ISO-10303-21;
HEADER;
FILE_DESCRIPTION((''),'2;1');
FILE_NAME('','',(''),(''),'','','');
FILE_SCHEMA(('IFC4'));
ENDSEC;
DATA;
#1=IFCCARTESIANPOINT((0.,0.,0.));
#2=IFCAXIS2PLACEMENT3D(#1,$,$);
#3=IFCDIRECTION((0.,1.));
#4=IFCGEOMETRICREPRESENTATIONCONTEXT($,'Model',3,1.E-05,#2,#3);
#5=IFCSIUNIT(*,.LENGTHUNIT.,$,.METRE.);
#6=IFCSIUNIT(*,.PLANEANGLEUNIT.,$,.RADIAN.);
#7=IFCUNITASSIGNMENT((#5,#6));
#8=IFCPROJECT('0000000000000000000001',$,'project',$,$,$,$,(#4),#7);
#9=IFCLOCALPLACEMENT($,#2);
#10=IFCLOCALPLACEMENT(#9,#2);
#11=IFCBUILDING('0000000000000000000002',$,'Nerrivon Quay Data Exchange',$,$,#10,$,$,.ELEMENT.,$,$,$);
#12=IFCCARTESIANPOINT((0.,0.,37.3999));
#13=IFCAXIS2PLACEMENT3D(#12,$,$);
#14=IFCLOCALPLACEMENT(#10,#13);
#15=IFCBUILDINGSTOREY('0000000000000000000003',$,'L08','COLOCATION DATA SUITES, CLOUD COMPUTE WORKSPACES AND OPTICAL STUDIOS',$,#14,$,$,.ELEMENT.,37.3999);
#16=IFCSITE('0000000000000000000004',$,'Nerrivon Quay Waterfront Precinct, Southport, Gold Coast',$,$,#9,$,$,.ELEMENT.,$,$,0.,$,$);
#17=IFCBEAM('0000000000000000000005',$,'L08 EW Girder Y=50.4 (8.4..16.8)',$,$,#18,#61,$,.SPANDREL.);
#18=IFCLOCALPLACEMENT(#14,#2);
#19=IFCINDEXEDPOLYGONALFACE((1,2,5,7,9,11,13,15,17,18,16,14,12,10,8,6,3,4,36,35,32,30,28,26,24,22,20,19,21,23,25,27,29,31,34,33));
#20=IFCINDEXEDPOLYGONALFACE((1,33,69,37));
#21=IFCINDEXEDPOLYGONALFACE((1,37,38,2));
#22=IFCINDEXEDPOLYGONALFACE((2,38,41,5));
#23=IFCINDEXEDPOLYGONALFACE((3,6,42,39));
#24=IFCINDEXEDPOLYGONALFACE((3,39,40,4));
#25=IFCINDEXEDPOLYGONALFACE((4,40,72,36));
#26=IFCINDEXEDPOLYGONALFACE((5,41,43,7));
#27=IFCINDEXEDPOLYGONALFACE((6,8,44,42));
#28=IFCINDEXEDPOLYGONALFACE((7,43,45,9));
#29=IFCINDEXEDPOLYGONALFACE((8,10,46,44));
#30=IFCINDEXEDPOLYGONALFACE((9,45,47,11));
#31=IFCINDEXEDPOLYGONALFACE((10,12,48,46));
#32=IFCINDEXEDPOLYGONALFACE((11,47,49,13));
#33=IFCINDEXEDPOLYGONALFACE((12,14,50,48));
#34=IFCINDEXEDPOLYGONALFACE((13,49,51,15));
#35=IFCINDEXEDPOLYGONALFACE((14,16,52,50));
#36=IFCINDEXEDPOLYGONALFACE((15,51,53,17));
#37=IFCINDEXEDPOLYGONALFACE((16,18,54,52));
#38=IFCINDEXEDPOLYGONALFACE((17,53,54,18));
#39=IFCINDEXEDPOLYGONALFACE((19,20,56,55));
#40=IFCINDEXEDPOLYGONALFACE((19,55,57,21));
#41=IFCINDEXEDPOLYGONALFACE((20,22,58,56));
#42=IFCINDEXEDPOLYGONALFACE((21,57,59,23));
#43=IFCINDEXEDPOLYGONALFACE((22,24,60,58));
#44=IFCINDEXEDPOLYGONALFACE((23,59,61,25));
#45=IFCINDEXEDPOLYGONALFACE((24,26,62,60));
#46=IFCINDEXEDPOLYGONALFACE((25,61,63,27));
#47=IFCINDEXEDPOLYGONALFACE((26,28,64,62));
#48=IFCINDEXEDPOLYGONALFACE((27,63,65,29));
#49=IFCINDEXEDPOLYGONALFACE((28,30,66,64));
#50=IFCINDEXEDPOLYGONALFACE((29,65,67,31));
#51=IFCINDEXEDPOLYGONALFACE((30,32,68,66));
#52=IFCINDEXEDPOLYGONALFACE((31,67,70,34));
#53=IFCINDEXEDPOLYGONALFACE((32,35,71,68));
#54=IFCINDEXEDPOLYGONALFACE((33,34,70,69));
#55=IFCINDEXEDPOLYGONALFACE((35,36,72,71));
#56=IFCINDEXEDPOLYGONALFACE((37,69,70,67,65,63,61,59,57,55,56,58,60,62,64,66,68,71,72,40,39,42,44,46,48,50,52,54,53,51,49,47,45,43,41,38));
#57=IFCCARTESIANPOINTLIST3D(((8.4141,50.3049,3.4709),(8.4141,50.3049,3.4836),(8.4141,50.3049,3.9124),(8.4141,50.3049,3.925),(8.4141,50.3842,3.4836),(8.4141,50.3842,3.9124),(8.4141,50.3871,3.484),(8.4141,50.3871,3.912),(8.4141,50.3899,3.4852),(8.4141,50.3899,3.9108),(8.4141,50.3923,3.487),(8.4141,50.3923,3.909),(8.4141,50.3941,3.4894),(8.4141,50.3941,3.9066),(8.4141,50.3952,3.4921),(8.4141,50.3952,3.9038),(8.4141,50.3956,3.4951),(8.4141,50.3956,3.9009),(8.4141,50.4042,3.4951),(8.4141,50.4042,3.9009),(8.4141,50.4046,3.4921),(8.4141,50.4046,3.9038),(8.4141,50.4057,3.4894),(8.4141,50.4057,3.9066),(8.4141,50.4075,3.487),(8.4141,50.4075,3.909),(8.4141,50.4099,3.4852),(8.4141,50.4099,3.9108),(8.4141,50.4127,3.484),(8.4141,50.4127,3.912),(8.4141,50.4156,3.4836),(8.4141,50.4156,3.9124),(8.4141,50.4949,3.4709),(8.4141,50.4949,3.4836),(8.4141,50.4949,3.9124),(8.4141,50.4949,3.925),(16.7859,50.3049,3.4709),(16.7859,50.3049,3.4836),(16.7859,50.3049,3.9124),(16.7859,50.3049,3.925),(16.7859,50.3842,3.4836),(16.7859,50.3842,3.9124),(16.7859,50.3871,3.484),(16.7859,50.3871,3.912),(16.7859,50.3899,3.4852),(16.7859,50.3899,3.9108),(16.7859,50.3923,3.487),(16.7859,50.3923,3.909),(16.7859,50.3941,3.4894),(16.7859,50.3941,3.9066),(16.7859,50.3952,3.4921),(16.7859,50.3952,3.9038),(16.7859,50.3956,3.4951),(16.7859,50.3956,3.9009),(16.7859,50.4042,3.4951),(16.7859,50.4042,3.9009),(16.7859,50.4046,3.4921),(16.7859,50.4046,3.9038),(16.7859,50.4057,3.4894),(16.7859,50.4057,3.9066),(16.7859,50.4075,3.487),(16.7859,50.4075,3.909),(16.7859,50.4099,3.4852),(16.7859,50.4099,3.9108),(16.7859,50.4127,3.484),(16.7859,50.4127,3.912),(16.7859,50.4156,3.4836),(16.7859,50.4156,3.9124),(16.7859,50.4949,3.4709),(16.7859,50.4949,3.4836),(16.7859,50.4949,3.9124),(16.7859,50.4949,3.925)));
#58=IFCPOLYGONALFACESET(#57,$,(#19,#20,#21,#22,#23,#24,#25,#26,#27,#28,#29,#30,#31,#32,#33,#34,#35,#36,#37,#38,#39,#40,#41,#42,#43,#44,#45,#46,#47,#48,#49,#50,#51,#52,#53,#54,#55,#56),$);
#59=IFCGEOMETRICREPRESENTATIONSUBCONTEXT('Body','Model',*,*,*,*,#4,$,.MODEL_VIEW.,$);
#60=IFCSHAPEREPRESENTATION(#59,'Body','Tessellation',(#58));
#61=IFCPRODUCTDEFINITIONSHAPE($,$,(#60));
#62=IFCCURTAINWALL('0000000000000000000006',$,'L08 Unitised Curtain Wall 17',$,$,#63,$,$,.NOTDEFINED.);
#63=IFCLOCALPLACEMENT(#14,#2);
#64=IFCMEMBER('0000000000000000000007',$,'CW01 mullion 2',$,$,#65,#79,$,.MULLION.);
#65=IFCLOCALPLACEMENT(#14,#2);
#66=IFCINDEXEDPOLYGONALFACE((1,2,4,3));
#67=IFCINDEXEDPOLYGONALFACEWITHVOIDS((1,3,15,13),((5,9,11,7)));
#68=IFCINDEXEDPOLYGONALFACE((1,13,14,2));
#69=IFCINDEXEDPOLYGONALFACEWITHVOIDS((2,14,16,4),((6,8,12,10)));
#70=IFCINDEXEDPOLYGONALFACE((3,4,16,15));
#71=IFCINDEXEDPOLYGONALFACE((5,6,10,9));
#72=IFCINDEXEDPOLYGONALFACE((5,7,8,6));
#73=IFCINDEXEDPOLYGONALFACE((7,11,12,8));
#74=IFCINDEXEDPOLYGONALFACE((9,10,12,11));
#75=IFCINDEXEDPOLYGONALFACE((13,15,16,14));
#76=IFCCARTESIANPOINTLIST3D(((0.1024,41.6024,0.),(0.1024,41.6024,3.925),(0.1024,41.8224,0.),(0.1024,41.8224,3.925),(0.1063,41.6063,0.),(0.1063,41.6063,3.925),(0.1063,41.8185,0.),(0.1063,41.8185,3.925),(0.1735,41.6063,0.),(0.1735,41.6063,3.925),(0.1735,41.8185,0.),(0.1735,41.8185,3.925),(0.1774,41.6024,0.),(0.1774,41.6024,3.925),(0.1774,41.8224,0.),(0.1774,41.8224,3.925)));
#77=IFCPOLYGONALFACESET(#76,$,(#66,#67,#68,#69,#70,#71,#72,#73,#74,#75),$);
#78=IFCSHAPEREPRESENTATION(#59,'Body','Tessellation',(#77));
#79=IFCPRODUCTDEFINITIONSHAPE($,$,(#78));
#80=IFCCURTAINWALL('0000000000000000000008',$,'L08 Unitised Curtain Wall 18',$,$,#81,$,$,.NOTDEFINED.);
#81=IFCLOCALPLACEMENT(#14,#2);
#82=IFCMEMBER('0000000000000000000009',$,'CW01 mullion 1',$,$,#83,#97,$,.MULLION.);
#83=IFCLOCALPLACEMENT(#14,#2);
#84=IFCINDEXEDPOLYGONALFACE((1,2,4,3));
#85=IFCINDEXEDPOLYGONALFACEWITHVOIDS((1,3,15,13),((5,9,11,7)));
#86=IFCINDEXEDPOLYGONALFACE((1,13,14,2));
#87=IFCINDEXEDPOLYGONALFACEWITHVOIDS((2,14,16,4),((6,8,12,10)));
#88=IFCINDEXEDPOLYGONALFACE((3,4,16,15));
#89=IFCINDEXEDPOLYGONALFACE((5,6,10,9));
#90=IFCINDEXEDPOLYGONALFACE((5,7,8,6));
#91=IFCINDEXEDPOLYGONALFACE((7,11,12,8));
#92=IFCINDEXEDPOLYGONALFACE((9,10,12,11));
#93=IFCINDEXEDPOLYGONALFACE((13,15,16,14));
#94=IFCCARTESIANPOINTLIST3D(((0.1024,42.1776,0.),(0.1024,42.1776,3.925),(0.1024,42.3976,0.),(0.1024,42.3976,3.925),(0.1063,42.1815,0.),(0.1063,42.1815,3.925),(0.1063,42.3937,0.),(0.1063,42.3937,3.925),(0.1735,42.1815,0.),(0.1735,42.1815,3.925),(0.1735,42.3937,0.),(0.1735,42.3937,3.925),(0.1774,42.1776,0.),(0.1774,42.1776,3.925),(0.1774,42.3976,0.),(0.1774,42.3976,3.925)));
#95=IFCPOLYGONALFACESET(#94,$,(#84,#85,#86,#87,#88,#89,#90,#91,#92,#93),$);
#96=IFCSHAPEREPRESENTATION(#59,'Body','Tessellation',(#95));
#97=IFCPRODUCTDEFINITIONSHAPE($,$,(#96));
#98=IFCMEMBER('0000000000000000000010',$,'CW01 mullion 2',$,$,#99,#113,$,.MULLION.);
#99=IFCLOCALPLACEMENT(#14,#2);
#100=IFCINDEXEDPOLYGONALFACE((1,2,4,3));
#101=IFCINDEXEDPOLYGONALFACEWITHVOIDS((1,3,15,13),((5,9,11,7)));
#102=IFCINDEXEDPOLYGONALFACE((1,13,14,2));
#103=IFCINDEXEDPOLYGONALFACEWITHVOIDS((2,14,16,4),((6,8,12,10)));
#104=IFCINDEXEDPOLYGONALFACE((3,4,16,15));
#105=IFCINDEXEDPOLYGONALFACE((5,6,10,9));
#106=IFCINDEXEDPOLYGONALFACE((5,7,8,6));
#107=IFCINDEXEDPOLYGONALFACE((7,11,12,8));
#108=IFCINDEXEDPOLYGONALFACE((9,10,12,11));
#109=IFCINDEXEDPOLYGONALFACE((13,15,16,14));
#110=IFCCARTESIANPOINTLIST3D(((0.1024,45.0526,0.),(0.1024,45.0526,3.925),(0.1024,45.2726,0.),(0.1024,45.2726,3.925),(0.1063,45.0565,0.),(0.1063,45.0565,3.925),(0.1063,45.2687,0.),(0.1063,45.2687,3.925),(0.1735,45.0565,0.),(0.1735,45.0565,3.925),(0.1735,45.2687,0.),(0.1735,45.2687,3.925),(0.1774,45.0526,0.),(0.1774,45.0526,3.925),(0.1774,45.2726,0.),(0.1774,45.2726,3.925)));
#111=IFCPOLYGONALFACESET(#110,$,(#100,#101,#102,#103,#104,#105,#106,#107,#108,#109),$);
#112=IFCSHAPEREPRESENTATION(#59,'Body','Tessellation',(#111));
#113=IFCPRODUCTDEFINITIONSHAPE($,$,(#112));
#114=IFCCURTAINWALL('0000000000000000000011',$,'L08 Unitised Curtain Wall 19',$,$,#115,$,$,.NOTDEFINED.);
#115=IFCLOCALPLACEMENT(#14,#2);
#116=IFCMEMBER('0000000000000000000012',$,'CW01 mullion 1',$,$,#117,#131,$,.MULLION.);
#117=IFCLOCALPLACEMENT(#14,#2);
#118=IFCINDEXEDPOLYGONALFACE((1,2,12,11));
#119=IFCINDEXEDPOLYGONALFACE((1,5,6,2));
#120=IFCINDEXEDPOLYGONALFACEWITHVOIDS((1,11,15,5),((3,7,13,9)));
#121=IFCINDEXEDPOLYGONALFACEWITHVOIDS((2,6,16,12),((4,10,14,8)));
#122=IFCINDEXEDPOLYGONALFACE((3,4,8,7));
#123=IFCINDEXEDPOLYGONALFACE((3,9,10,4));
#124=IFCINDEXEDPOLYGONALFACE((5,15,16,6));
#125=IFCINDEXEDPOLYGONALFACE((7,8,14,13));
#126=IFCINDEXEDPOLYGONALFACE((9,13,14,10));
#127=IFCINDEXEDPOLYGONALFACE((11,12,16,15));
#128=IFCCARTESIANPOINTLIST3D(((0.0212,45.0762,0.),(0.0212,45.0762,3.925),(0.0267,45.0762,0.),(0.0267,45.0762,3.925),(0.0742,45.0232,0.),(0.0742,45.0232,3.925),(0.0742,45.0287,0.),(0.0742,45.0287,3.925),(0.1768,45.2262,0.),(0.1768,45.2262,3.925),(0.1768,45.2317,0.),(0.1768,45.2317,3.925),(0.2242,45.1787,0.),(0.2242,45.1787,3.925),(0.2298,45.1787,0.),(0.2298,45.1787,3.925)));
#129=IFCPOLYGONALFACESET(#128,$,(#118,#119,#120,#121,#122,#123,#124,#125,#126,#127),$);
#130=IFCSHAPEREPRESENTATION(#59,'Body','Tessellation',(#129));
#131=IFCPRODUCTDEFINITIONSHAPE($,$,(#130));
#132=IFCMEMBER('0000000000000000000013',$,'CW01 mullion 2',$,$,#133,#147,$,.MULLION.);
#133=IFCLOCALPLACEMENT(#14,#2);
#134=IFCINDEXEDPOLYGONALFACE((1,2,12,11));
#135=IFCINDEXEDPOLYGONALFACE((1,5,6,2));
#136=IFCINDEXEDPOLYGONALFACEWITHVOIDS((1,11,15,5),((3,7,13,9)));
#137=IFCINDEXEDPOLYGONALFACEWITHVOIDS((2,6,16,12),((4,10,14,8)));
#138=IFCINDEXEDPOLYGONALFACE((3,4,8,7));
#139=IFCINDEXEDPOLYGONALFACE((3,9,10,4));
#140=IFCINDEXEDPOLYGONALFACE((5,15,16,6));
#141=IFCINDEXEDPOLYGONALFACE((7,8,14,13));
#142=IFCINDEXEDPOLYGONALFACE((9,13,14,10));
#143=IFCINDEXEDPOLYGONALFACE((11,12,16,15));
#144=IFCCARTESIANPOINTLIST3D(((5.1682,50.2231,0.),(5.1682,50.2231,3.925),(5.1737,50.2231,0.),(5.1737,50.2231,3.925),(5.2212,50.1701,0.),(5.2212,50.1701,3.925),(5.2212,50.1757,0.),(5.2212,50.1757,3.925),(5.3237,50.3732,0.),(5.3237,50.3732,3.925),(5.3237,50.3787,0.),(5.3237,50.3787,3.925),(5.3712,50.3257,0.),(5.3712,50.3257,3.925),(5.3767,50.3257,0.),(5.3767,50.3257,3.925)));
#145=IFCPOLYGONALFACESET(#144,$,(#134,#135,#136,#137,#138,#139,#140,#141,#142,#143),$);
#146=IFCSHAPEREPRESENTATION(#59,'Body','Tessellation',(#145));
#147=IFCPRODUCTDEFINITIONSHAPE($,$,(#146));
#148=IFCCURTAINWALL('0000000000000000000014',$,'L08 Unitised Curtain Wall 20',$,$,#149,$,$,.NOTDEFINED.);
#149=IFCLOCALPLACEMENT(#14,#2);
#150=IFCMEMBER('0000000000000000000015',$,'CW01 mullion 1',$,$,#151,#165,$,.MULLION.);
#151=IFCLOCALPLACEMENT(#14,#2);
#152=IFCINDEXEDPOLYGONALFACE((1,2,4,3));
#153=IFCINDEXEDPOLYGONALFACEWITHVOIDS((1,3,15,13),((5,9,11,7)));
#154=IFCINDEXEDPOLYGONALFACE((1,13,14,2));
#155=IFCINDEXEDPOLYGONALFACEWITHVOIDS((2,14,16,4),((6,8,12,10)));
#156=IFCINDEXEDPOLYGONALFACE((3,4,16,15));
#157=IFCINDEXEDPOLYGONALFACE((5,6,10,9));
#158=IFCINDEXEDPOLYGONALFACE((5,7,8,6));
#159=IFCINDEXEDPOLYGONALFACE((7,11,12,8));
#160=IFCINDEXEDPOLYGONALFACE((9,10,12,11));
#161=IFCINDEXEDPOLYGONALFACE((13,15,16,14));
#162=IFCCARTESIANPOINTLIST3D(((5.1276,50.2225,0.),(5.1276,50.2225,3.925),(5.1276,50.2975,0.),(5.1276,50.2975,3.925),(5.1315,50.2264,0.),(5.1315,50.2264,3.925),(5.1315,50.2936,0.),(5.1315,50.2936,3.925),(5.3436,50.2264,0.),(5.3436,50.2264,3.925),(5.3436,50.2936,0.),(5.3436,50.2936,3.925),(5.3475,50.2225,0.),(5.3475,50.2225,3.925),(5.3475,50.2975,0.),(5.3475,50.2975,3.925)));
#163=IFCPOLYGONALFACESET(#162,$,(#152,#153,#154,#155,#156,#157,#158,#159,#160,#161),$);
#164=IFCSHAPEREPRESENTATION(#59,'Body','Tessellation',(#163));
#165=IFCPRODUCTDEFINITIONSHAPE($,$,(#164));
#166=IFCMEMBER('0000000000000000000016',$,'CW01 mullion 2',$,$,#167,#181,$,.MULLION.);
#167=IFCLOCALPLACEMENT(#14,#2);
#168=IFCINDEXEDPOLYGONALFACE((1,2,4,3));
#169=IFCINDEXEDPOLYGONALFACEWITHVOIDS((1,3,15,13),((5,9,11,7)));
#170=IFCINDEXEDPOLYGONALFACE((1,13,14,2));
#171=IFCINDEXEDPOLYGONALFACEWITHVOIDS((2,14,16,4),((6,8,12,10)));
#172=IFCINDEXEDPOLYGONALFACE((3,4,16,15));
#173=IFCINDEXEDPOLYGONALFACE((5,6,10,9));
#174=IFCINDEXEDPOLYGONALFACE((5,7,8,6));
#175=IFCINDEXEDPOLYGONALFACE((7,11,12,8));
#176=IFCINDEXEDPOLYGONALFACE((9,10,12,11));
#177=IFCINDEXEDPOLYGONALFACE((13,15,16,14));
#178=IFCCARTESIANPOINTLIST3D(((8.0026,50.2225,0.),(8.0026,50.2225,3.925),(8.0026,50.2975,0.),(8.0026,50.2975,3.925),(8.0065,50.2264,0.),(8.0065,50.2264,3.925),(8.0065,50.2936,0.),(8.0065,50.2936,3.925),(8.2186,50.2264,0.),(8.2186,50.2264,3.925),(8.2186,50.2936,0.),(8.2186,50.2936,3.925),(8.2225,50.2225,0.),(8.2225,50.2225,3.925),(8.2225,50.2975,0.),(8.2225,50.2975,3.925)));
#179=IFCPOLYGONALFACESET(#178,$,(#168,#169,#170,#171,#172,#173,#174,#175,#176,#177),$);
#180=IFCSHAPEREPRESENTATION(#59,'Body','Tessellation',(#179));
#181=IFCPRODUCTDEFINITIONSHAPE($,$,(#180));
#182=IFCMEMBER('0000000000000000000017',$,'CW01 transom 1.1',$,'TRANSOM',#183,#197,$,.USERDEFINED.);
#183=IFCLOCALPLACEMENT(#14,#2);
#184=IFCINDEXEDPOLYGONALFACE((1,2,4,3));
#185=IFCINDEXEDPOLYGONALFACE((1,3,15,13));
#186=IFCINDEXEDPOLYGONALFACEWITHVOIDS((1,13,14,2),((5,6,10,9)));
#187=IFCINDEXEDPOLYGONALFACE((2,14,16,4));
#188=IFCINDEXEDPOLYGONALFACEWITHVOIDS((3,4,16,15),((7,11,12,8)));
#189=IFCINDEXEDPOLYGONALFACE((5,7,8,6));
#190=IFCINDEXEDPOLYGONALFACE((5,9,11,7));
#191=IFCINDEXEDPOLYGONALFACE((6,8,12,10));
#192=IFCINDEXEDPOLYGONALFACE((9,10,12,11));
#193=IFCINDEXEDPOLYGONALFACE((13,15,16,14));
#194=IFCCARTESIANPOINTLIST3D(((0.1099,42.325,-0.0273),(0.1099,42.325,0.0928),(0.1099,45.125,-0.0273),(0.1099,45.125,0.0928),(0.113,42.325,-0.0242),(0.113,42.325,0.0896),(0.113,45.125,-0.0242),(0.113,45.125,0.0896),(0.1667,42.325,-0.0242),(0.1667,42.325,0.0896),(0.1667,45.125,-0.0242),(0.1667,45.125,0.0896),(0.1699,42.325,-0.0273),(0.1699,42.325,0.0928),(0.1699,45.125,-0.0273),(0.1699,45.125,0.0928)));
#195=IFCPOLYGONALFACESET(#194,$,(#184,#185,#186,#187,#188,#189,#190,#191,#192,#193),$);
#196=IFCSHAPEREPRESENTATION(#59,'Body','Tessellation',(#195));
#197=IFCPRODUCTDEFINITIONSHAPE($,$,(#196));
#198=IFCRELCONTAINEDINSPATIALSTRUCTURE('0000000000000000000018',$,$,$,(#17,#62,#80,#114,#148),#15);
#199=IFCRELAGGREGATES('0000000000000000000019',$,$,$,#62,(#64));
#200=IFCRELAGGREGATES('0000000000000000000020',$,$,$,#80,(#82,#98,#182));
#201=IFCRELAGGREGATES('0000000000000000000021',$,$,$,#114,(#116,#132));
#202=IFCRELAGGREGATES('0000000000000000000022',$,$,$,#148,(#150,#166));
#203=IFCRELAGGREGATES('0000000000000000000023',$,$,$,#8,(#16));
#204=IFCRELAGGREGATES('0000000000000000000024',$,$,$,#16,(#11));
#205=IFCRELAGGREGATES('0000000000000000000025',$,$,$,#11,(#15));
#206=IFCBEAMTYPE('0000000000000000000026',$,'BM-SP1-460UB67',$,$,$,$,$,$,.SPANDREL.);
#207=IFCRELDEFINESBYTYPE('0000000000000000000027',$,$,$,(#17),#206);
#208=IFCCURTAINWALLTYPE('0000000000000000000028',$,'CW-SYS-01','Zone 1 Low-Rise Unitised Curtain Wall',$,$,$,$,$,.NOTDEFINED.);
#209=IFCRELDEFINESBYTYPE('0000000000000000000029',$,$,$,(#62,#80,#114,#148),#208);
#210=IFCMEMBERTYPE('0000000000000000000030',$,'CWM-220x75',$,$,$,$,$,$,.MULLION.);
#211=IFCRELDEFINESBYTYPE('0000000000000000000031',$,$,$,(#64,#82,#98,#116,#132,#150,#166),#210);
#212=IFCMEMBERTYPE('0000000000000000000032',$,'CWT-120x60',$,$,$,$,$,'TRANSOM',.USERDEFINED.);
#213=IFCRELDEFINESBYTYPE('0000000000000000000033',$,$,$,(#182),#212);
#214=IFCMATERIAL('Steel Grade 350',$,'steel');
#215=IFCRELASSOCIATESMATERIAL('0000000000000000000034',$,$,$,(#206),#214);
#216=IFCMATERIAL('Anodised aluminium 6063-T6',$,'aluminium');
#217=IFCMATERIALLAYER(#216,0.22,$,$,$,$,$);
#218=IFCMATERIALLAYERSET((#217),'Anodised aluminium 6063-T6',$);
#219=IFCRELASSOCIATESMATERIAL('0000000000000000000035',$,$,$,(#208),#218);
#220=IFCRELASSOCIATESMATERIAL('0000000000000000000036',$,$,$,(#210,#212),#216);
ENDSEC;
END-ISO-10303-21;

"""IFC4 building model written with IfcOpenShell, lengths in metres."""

from ifc_helpers import new_model, si_unit, direction, frame, origin, origin_2d, place, context, subcontext, project, spatial, hollow_rectangle, i_section, extrude, material, layer, layer_set, material_profile, profile_set, type_object, element, aggregate, save


model = new_model("IFC4")

# Units and contexts
model_context = context("Model", 3, precision=1e-05, world=origin(), true_north=direction((0.0, 1.0)))
body_context = subcontext(model_context, "Body", "Model", "MODEL_VIEW")
ifc_project = project(units=[si_unit("LENGTHUNIT", "METRE"), si_unit("PLANEANGLEUNIT", "RADIAN")], contexts=[model_context])

# Site, building, storey
site_placement = place(None, origin())
site = spatial("IfcSite", under=ifc_project, at=site_placement, Name="Nerrivon Quay Waterfront Precinct, Southport, Gold Coast", CompositionType="ELEMENT", RefElevation=0.0)
building_placement = place(site_placement, origin())
building = spatial("IfcBuilding", under=site, at=building_placement, Name="Nerrivon Quay Data Exchange", CompositionType="ELEMENT")
storey_placement = place(building_placement, frame((0.0, 0.0, 37.3999)))
storey = spatial("IfcBuildingStorey", under=building, at=storey_placement, Name="L08", Description="COLOCATION DATA SUITES, CLOUD COMPUTE WORKSPACES AND OPTICAL STUDIOS", CompositionType="ELEMENT", Elevation=37.3999)

# Shared definitions
ifc_material_1 = material(Name="Steel Grade 350", Category="steel")

# Beam
ifc_material_profile_1 = material_profile(ifc_material_1, i_section(OverallWidth=0.1899, OverallDepth=0.4541, WebThickness=0.0085, FlangeThickness=0.0127, FilletRadius=0.0115, at=origin_2d()), Name="460UB67.1")
ifc_profile_set_1 = profile_set([ifc_material_profile_1], Name="Steel Grade 350")
beam_type_1 = type_object("IfcBeamType", Name="BM-SP1-460UB67", PredefinedType="SPANDREL", material=ifc_profile_set_1)
beam_1_placement = place(storey_placement, frame((8.4141, 50.3999, 3.698), z_axis=(1.0, 0.0, 0.0), x_axis=(0.0, 1.0, 0.0)))
element("IfcBeam", 1, at=beam_1_placement, inside=storey, type_object=beam_type_1, Name="L08 EW Girder Y=50.4 (8.4..16.8)", PredefinedType="SPANDREL", context=body_context, shape_type="SweptSolid", body=[
    extrude(i_section(OverallWidth=0.1899, OverallDepth=0.4541, WebThickness=0.0085, FlangeThickness=0.0127, FilletRadius=0.0115, at=origin_2d()), origin(), (0.0, 0.0, 1.0), 8.3718),
])

# Curtain wall, member
ifc_material_2 = material(Name="Anodised aluminium 6063-T6", Category="aluminium")
ifc_layer_1 = layer(ifc_material_2, 0.22)
ifc_layer_set_1 = layer_set([ifc_layer_1], Name="Anodised aluminium 6063-T6")
curtain_wall_type = type_object("IfcCurtainWallType", Name="CW-SYS-01", Description="Zone 1 Low-Rise Unitised Curtain Wall", PredefinedType="NOTDEFINED", material=ifc_layer_set_1)
curtain_wall_1_placement = place(storey_placement, origin())
curtain_wall_1 = element("IfcCurtainWall", 2, at=curtain_wall_1_placement, inside=storey, type_object=curtain_wall_type, Name="L08 Unitised Curtain Wall 17", PredefinedType="NOTDEFINED")
ifc_material_profile_2 = material_profile(ifc_material_2, hollow_rectangle(XDim=0.075, YDim=0.22, WallThickness=0.0039, at=origin_2d()), Name="ALU-MULL-220x75")
ifc_profile_set_2 = profile_set([ifc_material_profile_2], Name="Anodised aluminium 6063-T6")
member_type_1 = type_object("IfcMemberType", Name="CWM-220x75", PredefinedType="MULLION", material=ifc_profile_set_2)
member_1_placement = place(storey_placement, frame((0.1399, 41.7124, 0.0), z_axis=(0.0, 0.0, 1.0), x_axis=(-1.0, 0.0, 0.0)))
member_1 = element("IfcMember", 3, at=member_1_placement, type_object=member_type_1, Name="CW01 mullion 2", PredefinedType="MULLION", context=body_context, shape_type="SweptSolid", body=[
    extrude(hollow_rectangle(XDim=0.075, YDim=0.22, WallThickness=0.0039, at=origin_2d()), origin(), (0.0, 0.0, 1.0), 3.925),
])

# Curtain walls, members
curtain_wall_2_placement = place(storey_placement, origin())
curtain_wall_2 = element("IfcCurtainWall", 4, at=curtain_wall_2_placement, inside=storey, type_object=curtain_wall_type, Name="L08 Unitised Curtain Wall 18", PredefinedType="NOTDEFINED")
member_2_placement = place(storey_placement, frame((0.1399, 42.2876, 0.0), z_axis=(0.0, 0.0, 1.0), x_axis=(-1.0, 0.0, 0.0)))
member_2 = element("IfcMember", 5, at=member_2_placement, type_object=member_type_1, Name="CW01 mullion 1", PredefinedType="MULLION", context=body_context, shape_type="SweptSolid", body=[
    extrude(hollow_rectangle(XDim=0.075, YDim=0.22, WallThickness=0.0039, at=origin_2d()), origin(), (0.0, 0.0, 1.0), 3.925),
])
member_3_placement = place(storey_placement, frame((0.1399, 45.1626, 0.0), z_axis=(0.0, 0.0, 1.0), x_axis=(-1.0, 0.0, 0.0)))
member_3 = element("IfcMember", 6, at=member_3_placement, type_object=member_type_1, Name="CW01 mullion 2", PredefinedType="MULLION", context=body_context, shape_type="SweptSolid", body=[
    extrude(hollow_rectangle(XDim=0.075, YDim=0.22, WallThickness=0.0039, at=origin_2d()), origin(), (0.0, 0.0, 1.0), 3.925),
])
curtain_wall_3_placement = place(storey_placement, origin())
curtain_wall_3 = element("IfcCurtainWall", 7, at=curtain_wall_3_placement, inside=storey, type_object=curtain_wall_type, Name="L08 Unitised Curtain Wall 19", PredefinedType="NOTDEFINED")
member_4_placement = place(storey_placement, frame((0.1255, 45.1274, 0.0), z_axis=(0.0, 0.0, 1.0), x_axis=(-0.707107, 0.707107, 0.0)))
member_4 = element("IfcMember", 8, at=member_4_placement, type_object=member_type_1, Name="CW01 mullion 1", PredefinedType="MULLION", context=body_context, shape_type="SweptSolid", body=[
    extrude(hollow_rectangle(XDim=0.075, YDim=0.22, WallThickness=0.0039, at=origin_2d()), origin(), (0.0, 0.0, 1.0), 3.925),
])
member_5_placement = place(storey_placement, frame((5.2725, 50.2744, 0.0), z_axis=(0.0, 0.0, 1.0), x_axis=(-0.707107, 0.707107, 0.0)))
member_5 = element("IfcMember", 9, at=member_5_placement, type_object=member_type_1, Name="CW01 mullion 2", PredefinedType="MULLION", context=body_context, shape_type="SweptSolid", body=[
    extrude(hollow_rectangle(XDim=0.075, YDim=0.22, WallThickness=0.0039, at=origin_2d()), origin(), (0.0, 0.0, 1.0), 3.925),
])
curtain_wall_4_placement = place(storey_placement, origin())
curtain_wall_4 = element("IfcCurtainWall", 10, at=curtain_wall_4_placement, inside=storey, type_object=curtain_wall_type, Name="L08 Unitised Curtain Wall 20", PredefinedType="NOTDEFINED")
member_6_placement = place(storey_placement, frame((5.2375, 50.26, 0.0), z_axis=(0.0, 0.0, 1.0), x_axis=(0.0, 1.0, 0.0)))
member_6 = element("IfcMember", 11, at=member_6_placement, type_object=member_type_1, Name="CW01 mullion 1", PredefinedType="MULLION", context=body_context, shape_type="SweptSolid", body=[
    extrude(hollow_rectangle(XDim=0.075, YDim=0.22, WallThickness=0.0039, at=origin_2d()), origin(), (0.0, 0.0, 1.0), 3.925),
])
member_7_placement = place(storey_placement, frame((8.1125, 50.26, 0.0), z_axis=(0.0, 0.0, 1.0), x_axis=(0.0, 1.0, 0.0)))
member_7 = element("IfcMember", 12, at=member_7_placement, type_object=member_type_1, Name="CW01 mullion 2", PredefinedType="MULLION", context=body_context, shape_type="SweptSolid", body=[
    extrude(hollow_rectangle(XDim=0.075, YDim=0.22, WallThickness=0.0039, at=origin_2d()), origin(), (0.0, 0.0, 1.0), 3.925),
])

# Member
ifc_material_profile_3 = material_profile(ifc_material_2, hollow_rectangle(XDim=0.0601, YDim=0.1201, WallThickness=0.0032, at=origin_2d()), Name="ALU-TRAN-120x60")
ifc_profile_set_3 = profile_set([ifc_material_profile_3], Name="Anodised aluminium 6063-T6")
member_type_2 = type_object("IfcMemberType", Name="CWT-120x60", ElementType="TRANSOM", PredefinedType="USERDEFINED", material=ifc_profile_set_3)
member_8_placement = place(storey_placement, frame((0.1399, 42.325, 0.0327), z_axis=(0.0, 1.0, 0.0), x_axis=(-1.0, 0.0, 0.0)))
member_8 = element("IfcMember", 13, at=member_8_placement, type_object=member_type_2, Name="CW01 transom 1.1", ObjectType="TRANSOM", PredefinedType="USERDEFINED", context=body_context, shape_type="SweptSolid", body=[
    extrude(hollow_rectangle(XDim=0.0601, YDim=0.1201, WallThickness=0.0032, at=origin_2d()), origin(), (0.0, 0.0, 1.0), 2.8),
])

aggregate(curtain_wall_1, [member_1])
aggregate(curtain_wall_2, [member_2, member_3, member_8])
aggregate(curtain_wall_3, [member_4, member_5])
aggregate(curtain_wall_4, [member_6, member_7])

save(model, "model.ifc")
